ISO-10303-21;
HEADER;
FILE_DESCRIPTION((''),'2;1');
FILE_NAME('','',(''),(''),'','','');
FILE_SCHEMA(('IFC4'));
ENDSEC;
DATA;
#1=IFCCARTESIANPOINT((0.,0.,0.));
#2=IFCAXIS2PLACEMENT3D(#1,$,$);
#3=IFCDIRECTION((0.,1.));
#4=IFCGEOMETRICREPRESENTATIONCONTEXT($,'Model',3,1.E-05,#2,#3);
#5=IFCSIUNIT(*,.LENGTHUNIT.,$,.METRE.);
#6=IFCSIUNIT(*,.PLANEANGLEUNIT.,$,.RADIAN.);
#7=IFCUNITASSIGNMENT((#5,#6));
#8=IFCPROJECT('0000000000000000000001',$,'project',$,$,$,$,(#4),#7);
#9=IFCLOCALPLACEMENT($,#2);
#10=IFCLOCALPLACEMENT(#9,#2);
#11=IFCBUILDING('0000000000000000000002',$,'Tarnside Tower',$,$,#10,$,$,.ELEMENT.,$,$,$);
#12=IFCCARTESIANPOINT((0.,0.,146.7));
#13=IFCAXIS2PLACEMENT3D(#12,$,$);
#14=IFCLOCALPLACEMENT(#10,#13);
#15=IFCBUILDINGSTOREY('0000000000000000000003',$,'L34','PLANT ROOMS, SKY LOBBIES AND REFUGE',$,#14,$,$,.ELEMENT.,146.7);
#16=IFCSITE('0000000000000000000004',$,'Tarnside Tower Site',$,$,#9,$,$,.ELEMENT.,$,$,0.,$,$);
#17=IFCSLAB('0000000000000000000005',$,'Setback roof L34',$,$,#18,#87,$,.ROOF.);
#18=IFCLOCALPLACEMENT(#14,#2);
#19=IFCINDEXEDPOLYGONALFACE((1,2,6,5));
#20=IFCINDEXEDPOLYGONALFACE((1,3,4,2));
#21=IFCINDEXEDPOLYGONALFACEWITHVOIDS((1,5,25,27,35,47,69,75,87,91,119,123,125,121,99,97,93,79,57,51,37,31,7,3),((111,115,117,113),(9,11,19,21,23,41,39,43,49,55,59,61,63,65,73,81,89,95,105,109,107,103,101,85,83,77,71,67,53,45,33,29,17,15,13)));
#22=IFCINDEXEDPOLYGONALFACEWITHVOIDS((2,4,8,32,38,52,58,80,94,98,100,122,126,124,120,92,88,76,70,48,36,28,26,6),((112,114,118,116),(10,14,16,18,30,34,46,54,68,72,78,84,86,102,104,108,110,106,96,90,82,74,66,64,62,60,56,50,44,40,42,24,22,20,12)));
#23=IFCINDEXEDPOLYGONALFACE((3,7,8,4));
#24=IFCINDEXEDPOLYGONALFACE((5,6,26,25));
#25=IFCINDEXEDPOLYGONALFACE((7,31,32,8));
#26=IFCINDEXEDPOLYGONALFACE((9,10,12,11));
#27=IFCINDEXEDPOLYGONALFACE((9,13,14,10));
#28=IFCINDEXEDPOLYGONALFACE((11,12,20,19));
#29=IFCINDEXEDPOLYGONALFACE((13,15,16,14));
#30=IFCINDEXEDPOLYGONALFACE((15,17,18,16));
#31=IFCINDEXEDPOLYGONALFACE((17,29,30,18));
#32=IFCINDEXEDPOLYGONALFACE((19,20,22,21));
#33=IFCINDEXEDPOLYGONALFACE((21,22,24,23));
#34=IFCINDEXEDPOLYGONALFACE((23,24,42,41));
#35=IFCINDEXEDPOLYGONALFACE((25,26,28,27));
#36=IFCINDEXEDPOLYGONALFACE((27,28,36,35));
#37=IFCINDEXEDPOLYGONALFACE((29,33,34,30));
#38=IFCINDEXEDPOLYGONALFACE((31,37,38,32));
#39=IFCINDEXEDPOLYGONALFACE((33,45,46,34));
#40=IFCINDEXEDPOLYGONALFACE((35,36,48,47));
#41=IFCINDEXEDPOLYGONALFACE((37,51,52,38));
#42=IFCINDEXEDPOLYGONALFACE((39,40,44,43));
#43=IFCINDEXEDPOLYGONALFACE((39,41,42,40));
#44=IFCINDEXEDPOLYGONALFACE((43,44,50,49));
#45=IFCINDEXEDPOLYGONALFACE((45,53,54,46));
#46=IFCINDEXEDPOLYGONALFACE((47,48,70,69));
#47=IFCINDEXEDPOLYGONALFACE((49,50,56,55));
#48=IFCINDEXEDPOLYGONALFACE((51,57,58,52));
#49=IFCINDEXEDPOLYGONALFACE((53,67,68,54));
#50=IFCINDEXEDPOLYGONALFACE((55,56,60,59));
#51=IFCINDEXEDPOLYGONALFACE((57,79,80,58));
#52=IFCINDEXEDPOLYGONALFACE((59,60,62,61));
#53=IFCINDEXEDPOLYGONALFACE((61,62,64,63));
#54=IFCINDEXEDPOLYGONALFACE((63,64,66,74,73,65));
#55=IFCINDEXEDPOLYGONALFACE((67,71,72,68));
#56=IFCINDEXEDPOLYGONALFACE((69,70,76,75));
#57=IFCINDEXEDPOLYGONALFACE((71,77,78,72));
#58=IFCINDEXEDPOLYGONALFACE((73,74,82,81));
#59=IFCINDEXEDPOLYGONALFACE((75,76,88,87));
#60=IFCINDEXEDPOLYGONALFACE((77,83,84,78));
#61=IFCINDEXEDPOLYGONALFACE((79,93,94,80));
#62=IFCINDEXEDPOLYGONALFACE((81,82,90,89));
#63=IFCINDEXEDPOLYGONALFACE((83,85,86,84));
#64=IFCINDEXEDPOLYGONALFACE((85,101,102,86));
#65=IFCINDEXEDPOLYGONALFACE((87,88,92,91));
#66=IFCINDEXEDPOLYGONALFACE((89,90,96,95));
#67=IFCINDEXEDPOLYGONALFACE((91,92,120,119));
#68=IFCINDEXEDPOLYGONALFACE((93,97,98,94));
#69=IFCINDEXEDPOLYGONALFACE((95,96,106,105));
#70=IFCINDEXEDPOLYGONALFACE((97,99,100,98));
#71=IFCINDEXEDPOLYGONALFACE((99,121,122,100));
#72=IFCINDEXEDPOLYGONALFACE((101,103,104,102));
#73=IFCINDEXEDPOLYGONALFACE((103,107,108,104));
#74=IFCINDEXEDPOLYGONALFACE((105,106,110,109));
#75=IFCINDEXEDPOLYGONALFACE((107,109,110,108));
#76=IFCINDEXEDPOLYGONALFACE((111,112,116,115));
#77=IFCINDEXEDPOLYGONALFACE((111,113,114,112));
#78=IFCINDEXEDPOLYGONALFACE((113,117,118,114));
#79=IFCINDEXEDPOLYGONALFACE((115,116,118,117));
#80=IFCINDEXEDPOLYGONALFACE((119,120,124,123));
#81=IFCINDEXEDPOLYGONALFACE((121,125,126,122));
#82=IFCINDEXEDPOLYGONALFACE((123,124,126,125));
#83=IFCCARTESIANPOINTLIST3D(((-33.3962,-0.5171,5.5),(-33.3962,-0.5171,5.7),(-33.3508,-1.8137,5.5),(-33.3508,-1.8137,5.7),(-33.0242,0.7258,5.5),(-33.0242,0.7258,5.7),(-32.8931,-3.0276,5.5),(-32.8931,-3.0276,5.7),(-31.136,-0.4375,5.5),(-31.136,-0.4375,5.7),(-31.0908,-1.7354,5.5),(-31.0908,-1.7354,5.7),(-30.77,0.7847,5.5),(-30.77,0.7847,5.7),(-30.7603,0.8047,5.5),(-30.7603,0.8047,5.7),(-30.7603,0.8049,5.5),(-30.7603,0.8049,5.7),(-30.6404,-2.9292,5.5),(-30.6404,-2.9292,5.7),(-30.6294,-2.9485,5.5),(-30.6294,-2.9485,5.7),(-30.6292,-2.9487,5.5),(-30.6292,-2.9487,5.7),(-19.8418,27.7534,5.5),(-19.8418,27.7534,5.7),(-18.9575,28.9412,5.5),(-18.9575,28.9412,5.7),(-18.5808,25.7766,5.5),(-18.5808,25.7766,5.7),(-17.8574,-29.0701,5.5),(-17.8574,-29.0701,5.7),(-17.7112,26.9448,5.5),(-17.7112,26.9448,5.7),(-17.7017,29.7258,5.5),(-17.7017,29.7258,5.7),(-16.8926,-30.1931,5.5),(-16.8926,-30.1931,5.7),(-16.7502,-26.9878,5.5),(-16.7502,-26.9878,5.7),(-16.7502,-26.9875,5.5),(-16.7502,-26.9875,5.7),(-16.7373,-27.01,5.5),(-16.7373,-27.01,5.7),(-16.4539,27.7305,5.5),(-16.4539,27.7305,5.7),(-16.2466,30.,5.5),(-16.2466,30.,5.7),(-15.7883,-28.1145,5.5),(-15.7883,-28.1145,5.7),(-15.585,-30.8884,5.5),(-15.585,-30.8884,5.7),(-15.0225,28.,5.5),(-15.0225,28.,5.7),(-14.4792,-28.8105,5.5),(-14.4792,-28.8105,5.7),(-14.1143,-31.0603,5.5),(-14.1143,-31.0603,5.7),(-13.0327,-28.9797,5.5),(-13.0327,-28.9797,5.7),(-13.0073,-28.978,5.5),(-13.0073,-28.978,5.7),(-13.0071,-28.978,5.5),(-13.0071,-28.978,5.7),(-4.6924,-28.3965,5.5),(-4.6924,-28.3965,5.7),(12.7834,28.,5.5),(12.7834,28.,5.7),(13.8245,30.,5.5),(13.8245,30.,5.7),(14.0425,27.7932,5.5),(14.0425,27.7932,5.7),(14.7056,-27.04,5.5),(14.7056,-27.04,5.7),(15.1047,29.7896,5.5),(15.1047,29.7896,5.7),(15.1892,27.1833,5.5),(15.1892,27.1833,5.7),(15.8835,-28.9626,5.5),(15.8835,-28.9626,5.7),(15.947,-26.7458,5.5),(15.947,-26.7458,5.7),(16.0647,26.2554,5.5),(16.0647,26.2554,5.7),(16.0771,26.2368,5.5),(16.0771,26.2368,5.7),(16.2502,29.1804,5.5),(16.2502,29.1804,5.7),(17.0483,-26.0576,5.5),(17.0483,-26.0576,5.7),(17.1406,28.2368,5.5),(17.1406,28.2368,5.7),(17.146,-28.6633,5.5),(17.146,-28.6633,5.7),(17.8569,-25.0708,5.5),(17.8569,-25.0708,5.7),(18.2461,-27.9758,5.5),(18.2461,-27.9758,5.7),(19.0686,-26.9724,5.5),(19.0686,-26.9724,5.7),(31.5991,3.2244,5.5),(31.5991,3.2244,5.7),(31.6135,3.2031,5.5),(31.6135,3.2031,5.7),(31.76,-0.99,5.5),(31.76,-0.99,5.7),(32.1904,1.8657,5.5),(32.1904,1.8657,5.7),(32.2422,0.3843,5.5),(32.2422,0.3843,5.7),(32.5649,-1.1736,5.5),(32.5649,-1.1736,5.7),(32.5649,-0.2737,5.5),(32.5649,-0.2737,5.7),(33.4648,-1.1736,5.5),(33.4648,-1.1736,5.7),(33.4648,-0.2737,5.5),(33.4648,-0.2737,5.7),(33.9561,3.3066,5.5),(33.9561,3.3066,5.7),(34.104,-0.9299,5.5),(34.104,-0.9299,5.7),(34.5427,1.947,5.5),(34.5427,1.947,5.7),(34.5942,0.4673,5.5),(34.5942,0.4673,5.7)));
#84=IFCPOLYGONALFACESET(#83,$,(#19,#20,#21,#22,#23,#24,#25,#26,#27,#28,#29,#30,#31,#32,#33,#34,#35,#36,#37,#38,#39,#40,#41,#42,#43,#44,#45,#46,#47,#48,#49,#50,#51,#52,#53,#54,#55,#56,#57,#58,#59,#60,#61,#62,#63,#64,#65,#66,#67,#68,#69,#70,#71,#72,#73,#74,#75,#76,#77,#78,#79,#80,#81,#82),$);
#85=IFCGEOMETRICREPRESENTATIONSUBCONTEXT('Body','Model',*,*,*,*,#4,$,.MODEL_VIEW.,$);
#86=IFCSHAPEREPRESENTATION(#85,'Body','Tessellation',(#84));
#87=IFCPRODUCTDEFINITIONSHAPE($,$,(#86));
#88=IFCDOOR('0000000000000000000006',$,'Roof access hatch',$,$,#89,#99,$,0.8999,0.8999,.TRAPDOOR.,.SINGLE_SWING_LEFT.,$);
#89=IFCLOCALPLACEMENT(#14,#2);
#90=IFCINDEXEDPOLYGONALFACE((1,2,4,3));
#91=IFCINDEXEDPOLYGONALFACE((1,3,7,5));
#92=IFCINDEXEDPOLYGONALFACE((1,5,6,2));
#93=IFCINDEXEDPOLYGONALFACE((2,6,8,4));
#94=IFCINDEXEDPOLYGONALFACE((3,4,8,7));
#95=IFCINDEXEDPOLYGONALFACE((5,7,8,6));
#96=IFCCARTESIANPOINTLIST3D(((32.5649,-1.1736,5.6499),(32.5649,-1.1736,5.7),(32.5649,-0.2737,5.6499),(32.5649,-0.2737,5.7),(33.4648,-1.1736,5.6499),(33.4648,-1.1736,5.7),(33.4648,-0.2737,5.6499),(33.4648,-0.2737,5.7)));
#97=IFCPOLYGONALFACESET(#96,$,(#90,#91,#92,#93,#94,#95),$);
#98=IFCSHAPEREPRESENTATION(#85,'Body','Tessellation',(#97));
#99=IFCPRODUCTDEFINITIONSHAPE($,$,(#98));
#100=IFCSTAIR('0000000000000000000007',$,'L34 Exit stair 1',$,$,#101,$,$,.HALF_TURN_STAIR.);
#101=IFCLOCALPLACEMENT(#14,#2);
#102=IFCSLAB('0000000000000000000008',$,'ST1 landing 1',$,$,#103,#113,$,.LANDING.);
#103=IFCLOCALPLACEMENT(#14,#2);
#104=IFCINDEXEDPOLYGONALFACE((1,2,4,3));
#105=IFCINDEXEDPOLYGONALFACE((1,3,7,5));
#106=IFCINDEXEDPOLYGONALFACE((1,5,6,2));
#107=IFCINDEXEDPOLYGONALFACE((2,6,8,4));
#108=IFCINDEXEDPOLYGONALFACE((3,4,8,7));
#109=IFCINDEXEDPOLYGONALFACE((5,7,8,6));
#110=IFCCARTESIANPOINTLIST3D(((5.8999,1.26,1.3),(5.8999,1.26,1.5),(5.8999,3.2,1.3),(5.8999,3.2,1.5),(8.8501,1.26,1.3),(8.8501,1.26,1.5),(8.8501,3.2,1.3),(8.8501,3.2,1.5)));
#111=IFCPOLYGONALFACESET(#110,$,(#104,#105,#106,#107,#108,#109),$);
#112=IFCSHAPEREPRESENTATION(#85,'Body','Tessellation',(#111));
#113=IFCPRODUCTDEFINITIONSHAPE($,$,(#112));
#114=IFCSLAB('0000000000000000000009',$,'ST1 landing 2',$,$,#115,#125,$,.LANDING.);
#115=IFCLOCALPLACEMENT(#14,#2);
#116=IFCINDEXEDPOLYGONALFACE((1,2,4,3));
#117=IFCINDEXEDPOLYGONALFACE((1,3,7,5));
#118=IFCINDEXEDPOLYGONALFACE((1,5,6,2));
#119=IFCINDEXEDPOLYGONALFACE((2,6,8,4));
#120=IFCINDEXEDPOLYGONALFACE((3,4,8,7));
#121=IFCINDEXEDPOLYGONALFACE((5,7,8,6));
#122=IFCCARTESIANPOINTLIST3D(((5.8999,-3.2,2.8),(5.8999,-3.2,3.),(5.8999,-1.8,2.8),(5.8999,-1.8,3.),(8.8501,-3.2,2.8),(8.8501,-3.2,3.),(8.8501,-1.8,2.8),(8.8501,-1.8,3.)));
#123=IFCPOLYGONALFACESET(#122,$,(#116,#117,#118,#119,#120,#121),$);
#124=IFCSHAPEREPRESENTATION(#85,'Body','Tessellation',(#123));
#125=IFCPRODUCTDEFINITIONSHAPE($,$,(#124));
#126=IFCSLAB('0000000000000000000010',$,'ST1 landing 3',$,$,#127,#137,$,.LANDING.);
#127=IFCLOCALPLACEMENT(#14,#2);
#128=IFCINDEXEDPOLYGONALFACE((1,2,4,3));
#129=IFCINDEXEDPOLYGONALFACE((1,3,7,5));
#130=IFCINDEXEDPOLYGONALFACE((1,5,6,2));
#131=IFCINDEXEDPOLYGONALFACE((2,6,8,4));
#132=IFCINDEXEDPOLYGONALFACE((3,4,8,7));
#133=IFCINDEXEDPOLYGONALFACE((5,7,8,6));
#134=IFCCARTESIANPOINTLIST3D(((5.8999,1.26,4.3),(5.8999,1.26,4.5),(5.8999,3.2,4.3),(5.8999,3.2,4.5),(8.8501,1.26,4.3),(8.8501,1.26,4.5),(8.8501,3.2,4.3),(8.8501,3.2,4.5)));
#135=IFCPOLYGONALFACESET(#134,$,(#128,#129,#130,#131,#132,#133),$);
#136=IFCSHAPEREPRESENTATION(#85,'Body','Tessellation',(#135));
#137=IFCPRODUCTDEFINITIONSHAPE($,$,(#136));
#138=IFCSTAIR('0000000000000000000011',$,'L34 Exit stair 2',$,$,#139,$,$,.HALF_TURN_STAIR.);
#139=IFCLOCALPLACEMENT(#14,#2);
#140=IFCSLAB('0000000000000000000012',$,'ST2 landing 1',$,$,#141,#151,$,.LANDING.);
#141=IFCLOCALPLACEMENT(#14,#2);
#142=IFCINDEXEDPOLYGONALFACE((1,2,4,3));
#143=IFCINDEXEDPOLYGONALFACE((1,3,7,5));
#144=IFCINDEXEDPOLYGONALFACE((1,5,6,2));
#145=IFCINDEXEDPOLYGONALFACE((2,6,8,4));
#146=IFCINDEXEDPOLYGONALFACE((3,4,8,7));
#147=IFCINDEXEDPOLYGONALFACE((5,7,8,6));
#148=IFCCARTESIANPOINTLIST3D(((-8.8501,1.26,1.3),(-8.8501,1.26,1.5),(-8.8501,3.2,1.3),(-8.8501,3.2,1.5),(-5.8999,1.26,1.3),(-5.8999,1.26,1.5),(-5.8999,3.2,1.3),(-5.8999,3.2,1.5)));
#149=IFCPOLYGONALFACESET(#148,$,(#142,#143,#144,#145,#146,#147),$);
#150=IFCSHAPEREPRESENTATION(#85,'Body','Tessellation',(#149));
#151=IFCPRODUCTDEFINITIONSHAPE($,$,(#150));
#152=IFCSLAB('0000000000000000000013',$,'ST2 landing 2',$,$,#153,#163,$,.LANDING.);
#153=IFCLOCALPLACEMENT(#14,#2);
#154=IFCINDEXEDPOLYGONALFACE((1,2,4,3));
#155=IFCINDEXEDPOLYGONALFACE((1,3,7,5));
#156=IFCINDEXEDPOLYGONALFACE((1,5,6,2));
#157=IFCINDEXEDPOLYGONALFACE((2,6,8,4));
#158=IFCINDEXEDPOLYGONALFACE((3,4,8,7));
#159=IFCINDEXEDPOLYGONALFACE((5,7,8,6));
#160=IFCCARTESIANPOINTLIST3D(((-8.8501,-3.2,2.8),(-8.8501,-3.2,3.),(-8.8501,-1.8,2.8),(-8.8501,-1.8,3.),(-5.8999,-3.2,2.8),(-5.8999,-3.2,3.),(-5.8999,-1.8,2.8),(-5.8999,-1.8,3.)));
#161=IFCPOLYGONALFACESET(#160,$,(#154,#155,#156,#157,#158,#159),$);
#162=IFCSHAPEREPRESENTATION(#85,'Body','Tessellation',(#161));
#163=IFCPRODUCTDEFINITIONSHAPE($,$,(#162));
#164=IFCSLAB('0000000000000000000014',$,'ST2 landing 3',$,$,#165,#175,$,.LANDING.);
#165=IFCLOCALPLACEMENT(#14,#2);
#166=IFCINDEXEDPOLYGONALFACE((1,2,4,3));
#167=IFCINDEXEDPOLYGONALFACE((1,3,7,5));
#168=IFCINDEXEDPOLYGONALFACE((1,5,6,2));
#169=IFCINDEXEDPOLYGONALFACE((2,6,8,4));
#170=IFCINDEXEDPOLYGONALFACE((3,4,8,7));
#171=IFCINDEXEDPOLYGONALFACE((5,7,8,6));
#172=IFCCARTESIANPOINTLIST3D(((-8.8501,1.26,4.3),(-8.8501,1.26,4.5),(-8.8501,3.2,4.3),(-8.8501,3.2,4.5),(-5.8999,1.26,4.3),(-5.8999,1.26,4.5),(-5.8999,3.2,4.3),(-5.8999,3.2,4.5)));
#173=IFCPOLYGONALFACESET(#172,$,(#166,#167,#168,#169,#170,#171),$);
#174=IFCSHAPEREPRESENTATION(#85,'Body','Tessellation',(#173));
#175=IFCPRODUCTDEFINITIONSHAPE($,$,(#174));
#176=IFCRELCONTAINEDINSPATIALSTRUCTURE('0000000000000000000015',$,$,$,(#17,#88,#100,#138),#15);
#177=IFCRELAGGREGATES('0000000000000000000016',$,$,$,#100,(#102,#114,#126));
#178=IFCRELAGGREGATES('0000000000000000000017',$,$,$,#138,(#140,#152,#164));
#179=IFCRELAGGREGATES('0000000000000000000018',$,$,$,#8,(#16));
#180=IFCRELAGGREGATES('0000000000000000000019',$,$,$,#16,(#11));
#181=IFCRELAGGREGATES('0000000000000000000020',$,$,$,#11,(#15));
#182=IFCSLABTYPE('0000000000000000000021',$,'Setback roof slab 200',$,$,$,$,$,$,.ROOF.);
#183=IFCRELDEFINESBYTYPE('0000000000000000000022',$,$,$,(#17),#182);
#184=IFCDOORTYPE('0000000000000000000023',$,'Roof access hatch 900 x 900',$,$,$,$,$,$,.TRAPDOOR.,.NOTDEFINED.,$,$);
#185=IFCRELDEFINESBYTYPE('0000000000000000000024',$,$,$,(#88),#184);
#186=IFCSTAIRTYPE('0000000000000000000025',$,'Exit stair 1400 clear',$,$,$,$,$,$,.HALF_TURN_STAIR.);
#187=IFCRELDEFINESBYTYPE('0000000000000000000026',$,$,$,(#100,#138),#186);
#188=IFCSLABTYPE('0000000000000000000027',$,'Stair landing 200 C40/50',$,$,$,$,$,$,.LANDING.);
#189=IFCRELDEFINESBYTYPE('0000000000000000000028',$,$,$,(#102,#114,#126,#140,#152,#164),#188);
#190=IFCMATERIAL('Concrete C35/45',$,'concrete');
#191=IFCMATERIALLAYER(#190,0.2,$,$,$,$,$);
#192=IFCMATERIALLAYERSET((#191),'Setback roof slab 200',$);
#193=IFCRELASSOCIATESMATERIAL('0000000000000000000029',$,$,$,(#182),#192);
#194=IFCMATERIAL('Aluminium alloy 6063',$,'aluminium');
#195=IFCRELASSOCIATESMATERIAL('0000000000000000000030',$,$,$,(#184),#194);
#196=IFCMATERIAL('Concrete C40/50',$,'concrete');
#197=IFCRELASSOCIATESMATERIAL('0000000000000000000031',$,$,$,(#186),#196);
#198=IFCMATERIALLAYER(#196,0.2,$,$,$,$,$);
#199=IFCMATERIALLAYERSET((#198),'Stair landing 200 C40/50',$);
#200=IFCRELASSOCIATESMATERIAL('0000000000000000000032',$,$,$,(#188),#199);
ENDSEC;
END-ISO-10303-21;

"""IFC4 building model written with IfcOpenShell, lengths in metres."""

from ifc_helpers import new_model, si_unit, direction, frame, origin, origin_2d, place, context, subcontext, project, spatial, polyline, rectangle, outline, extrude, material, layer, layer_set, type_object, element, fill, aggregate, save


model = new_model("IFC4")

# Units and contexts
model_context = context("Model", 3, precision=1e-05, world=origin(), true_north=direction((0.0, 1.0)))
body_context = subcontext(model_context, "Body", "Model", "MODEL_VIEW")
ifc_project = project(units=[si_unit("LENGTHUNIT", "METRE"), si_unit("PLANEANGLEUNIT", "RADIAN")], contexts=[model_context])

# Site, building, storey
site_placement = place(None, origin())
site = spatial("IfcSite", under=ifc_project, at=site_placement, Name="Tarnside Tower Site", CompositionType="ELEMENT", RefElevation=0.0)
building_placement = place(site_placement, origin())
building = spatial("IfcBuilding", under=site, at=building_placement, Name="Tarnside Tower", CompositionType="ELEMENT")
storey_placement = place(building_placement, frame((0.0, 0.0, 146.7)))
storey = spatial("IfcBuildingStorey", under=building, at=storey_placement, Name="L34", Description="PLANT ROOMS, SKY LOBBIES AND REFUGE", CompositionType="ELEMENT", Elevation=146.7)

# Shared definitions
ifc_material_1 = material(Name="Concrete C35/45", Category="concrete")
ifc_material_2 = material(Name="Concrete C40/50", Category="concrete")

# Slab, opening, door
ifc_layer_1 = layer(ifc_material_1, 0.2)
ifc_layer_set_1 = layer_set([ifc_layer_1], Name="Setback roof slab 200")
slab_type_1 = type_object("IfcSlabType", Name="Setback roof slab 200", PredefinedType="ROOF", material=ifc_layer_set_1)
slab_1_placement = place(storey_placement, frame((0.0, 0.0, 5.5)))
slab_1 = element("IfcSlab", 1, at=slab_1_placement, inside=storey, type_object=slab_type_1, Name="Setback roof L34", PredefinedType="ROOF", context=body_context, shape_type="SweptSolid", body=[
    extrude(outline(polyline([(15.1047, 29.7896), (16.2502, 29.1804), (17.1406, 28.2368), (33.9561, 3.3066), (34.5427, 1.947), (34.5942, 0.4673), (34.104, -0.9299), (19.0686, -26.9724), (18.2461, -27.9758), (17.146, -28.6633), (15.8835, -28.9626), (-14.1143, -31.0603), (-15.585, -30.8884), (-16.8926, -30.1931), (-17.8574, -29.0701), (-32.8931, -3.0276), (-33.3508, -1.8137), (-33.3962, -0.5171), (-33.0242, 0.7258), (-19.8418, 27.7534), (-18.9575, 28.9412), (-17.7017, 29.7258), (-16.2466, 30.0), (13.8245, 30.0), (15.1047, 29.7896)]), holes=[polyline([(14.0425, 27.7932), (12.7834, 28.0), (12.761, 28.0), (-14.9968, 28.0), (-15.0225, 28.0), (-16.4539, 27.7305), (-17.7112, 26.9448), (-18.5808, 25.7766), (-24.9548, 12.7078), (-30.7603, 0.8049), (-30.7603, 0.8047), (-30.77, 0.7847), (-31.136, -0.4375), (-31.0908, -1.7354), (-30.6404, -2.9292), (-30.6294, -2.9485), (-30.6292, -2.9487), (-16.7502, -26.9875), (-16.7502, -26.9878), (-16.7373, -27.01), (-15.7883, -28.1145), (-14.4792, -28.8105), (-13.0327, -28.9797), (-13.0073, -28.978), (-13.0071, -28.978), (-4.6924, -28.3965), (14.7056, -27.04), (15.947, -26.7458), (17.0483, -26.0576), (17.8569, -25.0708), (31.76, -0.99), (32.2422, 0.3843), (32.1904, 1.8657), (31.6135, 3.2031), (31.5991, 3.2244), (31.5991, 3.2244), (16.0771, 26.2368), (16.0771, 26.2368), (16.0647, 26.2554), (15.1892, 27.1833), (14.0425, 27.7932)])]), origin(), (0.0, 0.0, 1.0), 0.2),
])
opening_1_placement = place(slab_1_placement, frame((33.0149, -0.7236, 0.0)))
opening_1 = element("IfcOpeningElement", 2, at=opening_1_placement, cuts=slab_1, PredefinedType="OPENING", context=body_context, shape_type="SweptSolid", body=[
    extrude(rectangle(XDim=0.8999, YDim=0.8999, at=origin_2d()), origin(), (0.0, 0.0, 1.0), 0.2),
])
ifc_material_3 = material(Name="Aluminium alloy 6063", Category="aluminium")
door_type_1 = type_object("IfcDoorType", Name="Roof access hatch 900 x 900", OperationType="NOTDEFINED", PredefinedType="TRAPDOOR", material=ifc_material_3)
door_1_placement = place(opening_1_placement, frame((0.0, 0.0, 0.1499)))
door_1 = element("IfcDoor", 3, at=door_1_placement, inside=storey, type_object=door_type_1, Name="Roof access hatch", OperationType="SINGLE_SWING_LEFT", OverallHeight=0.8999, OverallWidth=0.8999, PredefinedType="TRAPDOOR", context=body_context, shape_type="SweptSolid", body=[
    extrude(rectangle(XDim=0.8999, YDim=0.8999, at=origin_2d()), origin(), (0.0, 0.0, 1.0), 0.05),
])
fill(opening_1, door_1)

# Stairs, slabs
stair_type = type_object("IfcStairType", Name="Exit stair 1400 clear", PredefinedType="HALF_TURN_STAIR", material=ifc_material_2)
stair_1_placement = place(storey_placement, origin())
stair_1 = element("IfcStair", 4, at=stair_1_placement, inside=storey, type_object=stair_type, Name="L34 Exit stair 1", PredefinedType="HALF_TURN_STAIR")
ifc_layer_2 = layer(ifc_material_2, 0.2)
ifc_layer_set_2 = layer_set([ifc_layer_2], Name="Stair landing 200 C40/50")
slab_type_2 = type_object("IfcSlabType", Name="Stair landing 200 C40/50", PredefinedType="LANDING", material=ifc_layer_set_2)
slab_2_placement = place(storey_placement, frame((0.0, 0.0, 1.3)))
slab_2 = element("IfcSlab", 5, at=slab_2_placement, type_object=slab_type_2, Name="ST1 landing 1", PredefinedType="LANDING", context=body_context, shape_type="SweptSolid", body=[
    extrude(outline(polyline([(8.8501, 1.26), (8.8501, 3.2), (5.8999, 3.2), (5.8999, 1.26), (8.8501, 1.26)])), origin(), (0.0, 0.0, 1.0), 0.2),
])
slab_3_placement = place(storey_placement, frame((0.0, 0.0, 2.8)))
slab_3 = element("IfcSlab", 6, at=slab_3_placement, type_object=slab_type_2, Name="ST1 landing 2", PredefinedType="LANDING", context=body_context, shape_type="SweptSolid", body=[
    extrude(outline(polyline([(8.8501, -3.2), (8.8501, -1.8), (5.8999, -1.8), (5.8999, -3.2), (8.8501, -3.2)])), origin(), (0.0, 0.0, 1.0), 0.2),
])
slab_4_placement = place(storey_placement, frame((0.0, 0.0, 4.3)))
slab_4 = element("IfcSlab", 7, at=slab_4_placement, type_object=slab_type_2, Name="ST1 landing 3", PredefinedType="LANDING", context=body_context, shape_type="SweptSolid", body=[
    extrude(outline(polyline([(8.8501, 1.26), (8.8501, 3.2), (5.8999, 3.2), (5.8999, 1.26), (8.8501, 1.26)])), origin(), (0.0, 0.0, 1.0), 0.2),
])
aggregate(stair_1, [slab_2, slab_3, slab_4])
stair_2_placement = place(storey_placement, origin())
stair_2 = element("IfcStair", 8, at=stair_2_placement, inside=storey, type_object=stair_type, Name="L34 Exit stair 2", PredefinedType="HALF_TURN_STAIR")
slab_5_placement = place(storey_placement, frame((0.0, 0.0, 1.3)))
slab_5 = element("IfcSlab", 9, at=slab_5_placement, type_object=slab_type_2, Name="ST2 landing 1", PredefinedType="LANDING", context=body_context, shape_type="SweptSolid", body=[
    extrude(outline(polyline([(-5.8999, 1.26), (-5.8999, 3.2), (-8.8501, 3.2), (-8.8501, 1.26), (-5.8999, 1.26)])), origin(), (0.0, 0.0, 1.0), 0.2),
])
slab_6_placement = place(storey_placement, frame((0.0, 0.0, 2.8)))
slab_6 = element("IfcSlab", 10, at=slab_6_placement, type_object=slab_type_2, Name="ST2 landing 2", PredefinedType="LANDING", context=body_context, shape_type="SweptSolid", body=[
    extrude(outline(polyline([(-5.8999, -3.2), (-5.8999, -1.8), (-8.8501, -1.8), (-8.8501, -3.2), (-5.8999, -3.2)])), origin(), (0.0, 0.0, 1.0), 0.2),
])
slab_7_placement = place(storey_placement, frame((0.0, 0.0, 4.3)))
slab_7 = element("IfcSlab", 11, at=slab_7_placement, type_object=slab_type_2, Name="ST2 landing 3", PredefinedType="LANDING", context=body_context, shape_type="SweptSolid", body=[
    extrude(outline(polyline([(-5.8999, 1.26), (-5.8999, 3.2), (-8.8501, 3.2), (-8.8501, 1.26), (-5.8999, 1.26)])), origin(), (0.0, 0.0, 1.0), 0.2),
])
aggregate(stair_2, [slab_5, slab_6, slab_7])

save(model, "model.ifc")
